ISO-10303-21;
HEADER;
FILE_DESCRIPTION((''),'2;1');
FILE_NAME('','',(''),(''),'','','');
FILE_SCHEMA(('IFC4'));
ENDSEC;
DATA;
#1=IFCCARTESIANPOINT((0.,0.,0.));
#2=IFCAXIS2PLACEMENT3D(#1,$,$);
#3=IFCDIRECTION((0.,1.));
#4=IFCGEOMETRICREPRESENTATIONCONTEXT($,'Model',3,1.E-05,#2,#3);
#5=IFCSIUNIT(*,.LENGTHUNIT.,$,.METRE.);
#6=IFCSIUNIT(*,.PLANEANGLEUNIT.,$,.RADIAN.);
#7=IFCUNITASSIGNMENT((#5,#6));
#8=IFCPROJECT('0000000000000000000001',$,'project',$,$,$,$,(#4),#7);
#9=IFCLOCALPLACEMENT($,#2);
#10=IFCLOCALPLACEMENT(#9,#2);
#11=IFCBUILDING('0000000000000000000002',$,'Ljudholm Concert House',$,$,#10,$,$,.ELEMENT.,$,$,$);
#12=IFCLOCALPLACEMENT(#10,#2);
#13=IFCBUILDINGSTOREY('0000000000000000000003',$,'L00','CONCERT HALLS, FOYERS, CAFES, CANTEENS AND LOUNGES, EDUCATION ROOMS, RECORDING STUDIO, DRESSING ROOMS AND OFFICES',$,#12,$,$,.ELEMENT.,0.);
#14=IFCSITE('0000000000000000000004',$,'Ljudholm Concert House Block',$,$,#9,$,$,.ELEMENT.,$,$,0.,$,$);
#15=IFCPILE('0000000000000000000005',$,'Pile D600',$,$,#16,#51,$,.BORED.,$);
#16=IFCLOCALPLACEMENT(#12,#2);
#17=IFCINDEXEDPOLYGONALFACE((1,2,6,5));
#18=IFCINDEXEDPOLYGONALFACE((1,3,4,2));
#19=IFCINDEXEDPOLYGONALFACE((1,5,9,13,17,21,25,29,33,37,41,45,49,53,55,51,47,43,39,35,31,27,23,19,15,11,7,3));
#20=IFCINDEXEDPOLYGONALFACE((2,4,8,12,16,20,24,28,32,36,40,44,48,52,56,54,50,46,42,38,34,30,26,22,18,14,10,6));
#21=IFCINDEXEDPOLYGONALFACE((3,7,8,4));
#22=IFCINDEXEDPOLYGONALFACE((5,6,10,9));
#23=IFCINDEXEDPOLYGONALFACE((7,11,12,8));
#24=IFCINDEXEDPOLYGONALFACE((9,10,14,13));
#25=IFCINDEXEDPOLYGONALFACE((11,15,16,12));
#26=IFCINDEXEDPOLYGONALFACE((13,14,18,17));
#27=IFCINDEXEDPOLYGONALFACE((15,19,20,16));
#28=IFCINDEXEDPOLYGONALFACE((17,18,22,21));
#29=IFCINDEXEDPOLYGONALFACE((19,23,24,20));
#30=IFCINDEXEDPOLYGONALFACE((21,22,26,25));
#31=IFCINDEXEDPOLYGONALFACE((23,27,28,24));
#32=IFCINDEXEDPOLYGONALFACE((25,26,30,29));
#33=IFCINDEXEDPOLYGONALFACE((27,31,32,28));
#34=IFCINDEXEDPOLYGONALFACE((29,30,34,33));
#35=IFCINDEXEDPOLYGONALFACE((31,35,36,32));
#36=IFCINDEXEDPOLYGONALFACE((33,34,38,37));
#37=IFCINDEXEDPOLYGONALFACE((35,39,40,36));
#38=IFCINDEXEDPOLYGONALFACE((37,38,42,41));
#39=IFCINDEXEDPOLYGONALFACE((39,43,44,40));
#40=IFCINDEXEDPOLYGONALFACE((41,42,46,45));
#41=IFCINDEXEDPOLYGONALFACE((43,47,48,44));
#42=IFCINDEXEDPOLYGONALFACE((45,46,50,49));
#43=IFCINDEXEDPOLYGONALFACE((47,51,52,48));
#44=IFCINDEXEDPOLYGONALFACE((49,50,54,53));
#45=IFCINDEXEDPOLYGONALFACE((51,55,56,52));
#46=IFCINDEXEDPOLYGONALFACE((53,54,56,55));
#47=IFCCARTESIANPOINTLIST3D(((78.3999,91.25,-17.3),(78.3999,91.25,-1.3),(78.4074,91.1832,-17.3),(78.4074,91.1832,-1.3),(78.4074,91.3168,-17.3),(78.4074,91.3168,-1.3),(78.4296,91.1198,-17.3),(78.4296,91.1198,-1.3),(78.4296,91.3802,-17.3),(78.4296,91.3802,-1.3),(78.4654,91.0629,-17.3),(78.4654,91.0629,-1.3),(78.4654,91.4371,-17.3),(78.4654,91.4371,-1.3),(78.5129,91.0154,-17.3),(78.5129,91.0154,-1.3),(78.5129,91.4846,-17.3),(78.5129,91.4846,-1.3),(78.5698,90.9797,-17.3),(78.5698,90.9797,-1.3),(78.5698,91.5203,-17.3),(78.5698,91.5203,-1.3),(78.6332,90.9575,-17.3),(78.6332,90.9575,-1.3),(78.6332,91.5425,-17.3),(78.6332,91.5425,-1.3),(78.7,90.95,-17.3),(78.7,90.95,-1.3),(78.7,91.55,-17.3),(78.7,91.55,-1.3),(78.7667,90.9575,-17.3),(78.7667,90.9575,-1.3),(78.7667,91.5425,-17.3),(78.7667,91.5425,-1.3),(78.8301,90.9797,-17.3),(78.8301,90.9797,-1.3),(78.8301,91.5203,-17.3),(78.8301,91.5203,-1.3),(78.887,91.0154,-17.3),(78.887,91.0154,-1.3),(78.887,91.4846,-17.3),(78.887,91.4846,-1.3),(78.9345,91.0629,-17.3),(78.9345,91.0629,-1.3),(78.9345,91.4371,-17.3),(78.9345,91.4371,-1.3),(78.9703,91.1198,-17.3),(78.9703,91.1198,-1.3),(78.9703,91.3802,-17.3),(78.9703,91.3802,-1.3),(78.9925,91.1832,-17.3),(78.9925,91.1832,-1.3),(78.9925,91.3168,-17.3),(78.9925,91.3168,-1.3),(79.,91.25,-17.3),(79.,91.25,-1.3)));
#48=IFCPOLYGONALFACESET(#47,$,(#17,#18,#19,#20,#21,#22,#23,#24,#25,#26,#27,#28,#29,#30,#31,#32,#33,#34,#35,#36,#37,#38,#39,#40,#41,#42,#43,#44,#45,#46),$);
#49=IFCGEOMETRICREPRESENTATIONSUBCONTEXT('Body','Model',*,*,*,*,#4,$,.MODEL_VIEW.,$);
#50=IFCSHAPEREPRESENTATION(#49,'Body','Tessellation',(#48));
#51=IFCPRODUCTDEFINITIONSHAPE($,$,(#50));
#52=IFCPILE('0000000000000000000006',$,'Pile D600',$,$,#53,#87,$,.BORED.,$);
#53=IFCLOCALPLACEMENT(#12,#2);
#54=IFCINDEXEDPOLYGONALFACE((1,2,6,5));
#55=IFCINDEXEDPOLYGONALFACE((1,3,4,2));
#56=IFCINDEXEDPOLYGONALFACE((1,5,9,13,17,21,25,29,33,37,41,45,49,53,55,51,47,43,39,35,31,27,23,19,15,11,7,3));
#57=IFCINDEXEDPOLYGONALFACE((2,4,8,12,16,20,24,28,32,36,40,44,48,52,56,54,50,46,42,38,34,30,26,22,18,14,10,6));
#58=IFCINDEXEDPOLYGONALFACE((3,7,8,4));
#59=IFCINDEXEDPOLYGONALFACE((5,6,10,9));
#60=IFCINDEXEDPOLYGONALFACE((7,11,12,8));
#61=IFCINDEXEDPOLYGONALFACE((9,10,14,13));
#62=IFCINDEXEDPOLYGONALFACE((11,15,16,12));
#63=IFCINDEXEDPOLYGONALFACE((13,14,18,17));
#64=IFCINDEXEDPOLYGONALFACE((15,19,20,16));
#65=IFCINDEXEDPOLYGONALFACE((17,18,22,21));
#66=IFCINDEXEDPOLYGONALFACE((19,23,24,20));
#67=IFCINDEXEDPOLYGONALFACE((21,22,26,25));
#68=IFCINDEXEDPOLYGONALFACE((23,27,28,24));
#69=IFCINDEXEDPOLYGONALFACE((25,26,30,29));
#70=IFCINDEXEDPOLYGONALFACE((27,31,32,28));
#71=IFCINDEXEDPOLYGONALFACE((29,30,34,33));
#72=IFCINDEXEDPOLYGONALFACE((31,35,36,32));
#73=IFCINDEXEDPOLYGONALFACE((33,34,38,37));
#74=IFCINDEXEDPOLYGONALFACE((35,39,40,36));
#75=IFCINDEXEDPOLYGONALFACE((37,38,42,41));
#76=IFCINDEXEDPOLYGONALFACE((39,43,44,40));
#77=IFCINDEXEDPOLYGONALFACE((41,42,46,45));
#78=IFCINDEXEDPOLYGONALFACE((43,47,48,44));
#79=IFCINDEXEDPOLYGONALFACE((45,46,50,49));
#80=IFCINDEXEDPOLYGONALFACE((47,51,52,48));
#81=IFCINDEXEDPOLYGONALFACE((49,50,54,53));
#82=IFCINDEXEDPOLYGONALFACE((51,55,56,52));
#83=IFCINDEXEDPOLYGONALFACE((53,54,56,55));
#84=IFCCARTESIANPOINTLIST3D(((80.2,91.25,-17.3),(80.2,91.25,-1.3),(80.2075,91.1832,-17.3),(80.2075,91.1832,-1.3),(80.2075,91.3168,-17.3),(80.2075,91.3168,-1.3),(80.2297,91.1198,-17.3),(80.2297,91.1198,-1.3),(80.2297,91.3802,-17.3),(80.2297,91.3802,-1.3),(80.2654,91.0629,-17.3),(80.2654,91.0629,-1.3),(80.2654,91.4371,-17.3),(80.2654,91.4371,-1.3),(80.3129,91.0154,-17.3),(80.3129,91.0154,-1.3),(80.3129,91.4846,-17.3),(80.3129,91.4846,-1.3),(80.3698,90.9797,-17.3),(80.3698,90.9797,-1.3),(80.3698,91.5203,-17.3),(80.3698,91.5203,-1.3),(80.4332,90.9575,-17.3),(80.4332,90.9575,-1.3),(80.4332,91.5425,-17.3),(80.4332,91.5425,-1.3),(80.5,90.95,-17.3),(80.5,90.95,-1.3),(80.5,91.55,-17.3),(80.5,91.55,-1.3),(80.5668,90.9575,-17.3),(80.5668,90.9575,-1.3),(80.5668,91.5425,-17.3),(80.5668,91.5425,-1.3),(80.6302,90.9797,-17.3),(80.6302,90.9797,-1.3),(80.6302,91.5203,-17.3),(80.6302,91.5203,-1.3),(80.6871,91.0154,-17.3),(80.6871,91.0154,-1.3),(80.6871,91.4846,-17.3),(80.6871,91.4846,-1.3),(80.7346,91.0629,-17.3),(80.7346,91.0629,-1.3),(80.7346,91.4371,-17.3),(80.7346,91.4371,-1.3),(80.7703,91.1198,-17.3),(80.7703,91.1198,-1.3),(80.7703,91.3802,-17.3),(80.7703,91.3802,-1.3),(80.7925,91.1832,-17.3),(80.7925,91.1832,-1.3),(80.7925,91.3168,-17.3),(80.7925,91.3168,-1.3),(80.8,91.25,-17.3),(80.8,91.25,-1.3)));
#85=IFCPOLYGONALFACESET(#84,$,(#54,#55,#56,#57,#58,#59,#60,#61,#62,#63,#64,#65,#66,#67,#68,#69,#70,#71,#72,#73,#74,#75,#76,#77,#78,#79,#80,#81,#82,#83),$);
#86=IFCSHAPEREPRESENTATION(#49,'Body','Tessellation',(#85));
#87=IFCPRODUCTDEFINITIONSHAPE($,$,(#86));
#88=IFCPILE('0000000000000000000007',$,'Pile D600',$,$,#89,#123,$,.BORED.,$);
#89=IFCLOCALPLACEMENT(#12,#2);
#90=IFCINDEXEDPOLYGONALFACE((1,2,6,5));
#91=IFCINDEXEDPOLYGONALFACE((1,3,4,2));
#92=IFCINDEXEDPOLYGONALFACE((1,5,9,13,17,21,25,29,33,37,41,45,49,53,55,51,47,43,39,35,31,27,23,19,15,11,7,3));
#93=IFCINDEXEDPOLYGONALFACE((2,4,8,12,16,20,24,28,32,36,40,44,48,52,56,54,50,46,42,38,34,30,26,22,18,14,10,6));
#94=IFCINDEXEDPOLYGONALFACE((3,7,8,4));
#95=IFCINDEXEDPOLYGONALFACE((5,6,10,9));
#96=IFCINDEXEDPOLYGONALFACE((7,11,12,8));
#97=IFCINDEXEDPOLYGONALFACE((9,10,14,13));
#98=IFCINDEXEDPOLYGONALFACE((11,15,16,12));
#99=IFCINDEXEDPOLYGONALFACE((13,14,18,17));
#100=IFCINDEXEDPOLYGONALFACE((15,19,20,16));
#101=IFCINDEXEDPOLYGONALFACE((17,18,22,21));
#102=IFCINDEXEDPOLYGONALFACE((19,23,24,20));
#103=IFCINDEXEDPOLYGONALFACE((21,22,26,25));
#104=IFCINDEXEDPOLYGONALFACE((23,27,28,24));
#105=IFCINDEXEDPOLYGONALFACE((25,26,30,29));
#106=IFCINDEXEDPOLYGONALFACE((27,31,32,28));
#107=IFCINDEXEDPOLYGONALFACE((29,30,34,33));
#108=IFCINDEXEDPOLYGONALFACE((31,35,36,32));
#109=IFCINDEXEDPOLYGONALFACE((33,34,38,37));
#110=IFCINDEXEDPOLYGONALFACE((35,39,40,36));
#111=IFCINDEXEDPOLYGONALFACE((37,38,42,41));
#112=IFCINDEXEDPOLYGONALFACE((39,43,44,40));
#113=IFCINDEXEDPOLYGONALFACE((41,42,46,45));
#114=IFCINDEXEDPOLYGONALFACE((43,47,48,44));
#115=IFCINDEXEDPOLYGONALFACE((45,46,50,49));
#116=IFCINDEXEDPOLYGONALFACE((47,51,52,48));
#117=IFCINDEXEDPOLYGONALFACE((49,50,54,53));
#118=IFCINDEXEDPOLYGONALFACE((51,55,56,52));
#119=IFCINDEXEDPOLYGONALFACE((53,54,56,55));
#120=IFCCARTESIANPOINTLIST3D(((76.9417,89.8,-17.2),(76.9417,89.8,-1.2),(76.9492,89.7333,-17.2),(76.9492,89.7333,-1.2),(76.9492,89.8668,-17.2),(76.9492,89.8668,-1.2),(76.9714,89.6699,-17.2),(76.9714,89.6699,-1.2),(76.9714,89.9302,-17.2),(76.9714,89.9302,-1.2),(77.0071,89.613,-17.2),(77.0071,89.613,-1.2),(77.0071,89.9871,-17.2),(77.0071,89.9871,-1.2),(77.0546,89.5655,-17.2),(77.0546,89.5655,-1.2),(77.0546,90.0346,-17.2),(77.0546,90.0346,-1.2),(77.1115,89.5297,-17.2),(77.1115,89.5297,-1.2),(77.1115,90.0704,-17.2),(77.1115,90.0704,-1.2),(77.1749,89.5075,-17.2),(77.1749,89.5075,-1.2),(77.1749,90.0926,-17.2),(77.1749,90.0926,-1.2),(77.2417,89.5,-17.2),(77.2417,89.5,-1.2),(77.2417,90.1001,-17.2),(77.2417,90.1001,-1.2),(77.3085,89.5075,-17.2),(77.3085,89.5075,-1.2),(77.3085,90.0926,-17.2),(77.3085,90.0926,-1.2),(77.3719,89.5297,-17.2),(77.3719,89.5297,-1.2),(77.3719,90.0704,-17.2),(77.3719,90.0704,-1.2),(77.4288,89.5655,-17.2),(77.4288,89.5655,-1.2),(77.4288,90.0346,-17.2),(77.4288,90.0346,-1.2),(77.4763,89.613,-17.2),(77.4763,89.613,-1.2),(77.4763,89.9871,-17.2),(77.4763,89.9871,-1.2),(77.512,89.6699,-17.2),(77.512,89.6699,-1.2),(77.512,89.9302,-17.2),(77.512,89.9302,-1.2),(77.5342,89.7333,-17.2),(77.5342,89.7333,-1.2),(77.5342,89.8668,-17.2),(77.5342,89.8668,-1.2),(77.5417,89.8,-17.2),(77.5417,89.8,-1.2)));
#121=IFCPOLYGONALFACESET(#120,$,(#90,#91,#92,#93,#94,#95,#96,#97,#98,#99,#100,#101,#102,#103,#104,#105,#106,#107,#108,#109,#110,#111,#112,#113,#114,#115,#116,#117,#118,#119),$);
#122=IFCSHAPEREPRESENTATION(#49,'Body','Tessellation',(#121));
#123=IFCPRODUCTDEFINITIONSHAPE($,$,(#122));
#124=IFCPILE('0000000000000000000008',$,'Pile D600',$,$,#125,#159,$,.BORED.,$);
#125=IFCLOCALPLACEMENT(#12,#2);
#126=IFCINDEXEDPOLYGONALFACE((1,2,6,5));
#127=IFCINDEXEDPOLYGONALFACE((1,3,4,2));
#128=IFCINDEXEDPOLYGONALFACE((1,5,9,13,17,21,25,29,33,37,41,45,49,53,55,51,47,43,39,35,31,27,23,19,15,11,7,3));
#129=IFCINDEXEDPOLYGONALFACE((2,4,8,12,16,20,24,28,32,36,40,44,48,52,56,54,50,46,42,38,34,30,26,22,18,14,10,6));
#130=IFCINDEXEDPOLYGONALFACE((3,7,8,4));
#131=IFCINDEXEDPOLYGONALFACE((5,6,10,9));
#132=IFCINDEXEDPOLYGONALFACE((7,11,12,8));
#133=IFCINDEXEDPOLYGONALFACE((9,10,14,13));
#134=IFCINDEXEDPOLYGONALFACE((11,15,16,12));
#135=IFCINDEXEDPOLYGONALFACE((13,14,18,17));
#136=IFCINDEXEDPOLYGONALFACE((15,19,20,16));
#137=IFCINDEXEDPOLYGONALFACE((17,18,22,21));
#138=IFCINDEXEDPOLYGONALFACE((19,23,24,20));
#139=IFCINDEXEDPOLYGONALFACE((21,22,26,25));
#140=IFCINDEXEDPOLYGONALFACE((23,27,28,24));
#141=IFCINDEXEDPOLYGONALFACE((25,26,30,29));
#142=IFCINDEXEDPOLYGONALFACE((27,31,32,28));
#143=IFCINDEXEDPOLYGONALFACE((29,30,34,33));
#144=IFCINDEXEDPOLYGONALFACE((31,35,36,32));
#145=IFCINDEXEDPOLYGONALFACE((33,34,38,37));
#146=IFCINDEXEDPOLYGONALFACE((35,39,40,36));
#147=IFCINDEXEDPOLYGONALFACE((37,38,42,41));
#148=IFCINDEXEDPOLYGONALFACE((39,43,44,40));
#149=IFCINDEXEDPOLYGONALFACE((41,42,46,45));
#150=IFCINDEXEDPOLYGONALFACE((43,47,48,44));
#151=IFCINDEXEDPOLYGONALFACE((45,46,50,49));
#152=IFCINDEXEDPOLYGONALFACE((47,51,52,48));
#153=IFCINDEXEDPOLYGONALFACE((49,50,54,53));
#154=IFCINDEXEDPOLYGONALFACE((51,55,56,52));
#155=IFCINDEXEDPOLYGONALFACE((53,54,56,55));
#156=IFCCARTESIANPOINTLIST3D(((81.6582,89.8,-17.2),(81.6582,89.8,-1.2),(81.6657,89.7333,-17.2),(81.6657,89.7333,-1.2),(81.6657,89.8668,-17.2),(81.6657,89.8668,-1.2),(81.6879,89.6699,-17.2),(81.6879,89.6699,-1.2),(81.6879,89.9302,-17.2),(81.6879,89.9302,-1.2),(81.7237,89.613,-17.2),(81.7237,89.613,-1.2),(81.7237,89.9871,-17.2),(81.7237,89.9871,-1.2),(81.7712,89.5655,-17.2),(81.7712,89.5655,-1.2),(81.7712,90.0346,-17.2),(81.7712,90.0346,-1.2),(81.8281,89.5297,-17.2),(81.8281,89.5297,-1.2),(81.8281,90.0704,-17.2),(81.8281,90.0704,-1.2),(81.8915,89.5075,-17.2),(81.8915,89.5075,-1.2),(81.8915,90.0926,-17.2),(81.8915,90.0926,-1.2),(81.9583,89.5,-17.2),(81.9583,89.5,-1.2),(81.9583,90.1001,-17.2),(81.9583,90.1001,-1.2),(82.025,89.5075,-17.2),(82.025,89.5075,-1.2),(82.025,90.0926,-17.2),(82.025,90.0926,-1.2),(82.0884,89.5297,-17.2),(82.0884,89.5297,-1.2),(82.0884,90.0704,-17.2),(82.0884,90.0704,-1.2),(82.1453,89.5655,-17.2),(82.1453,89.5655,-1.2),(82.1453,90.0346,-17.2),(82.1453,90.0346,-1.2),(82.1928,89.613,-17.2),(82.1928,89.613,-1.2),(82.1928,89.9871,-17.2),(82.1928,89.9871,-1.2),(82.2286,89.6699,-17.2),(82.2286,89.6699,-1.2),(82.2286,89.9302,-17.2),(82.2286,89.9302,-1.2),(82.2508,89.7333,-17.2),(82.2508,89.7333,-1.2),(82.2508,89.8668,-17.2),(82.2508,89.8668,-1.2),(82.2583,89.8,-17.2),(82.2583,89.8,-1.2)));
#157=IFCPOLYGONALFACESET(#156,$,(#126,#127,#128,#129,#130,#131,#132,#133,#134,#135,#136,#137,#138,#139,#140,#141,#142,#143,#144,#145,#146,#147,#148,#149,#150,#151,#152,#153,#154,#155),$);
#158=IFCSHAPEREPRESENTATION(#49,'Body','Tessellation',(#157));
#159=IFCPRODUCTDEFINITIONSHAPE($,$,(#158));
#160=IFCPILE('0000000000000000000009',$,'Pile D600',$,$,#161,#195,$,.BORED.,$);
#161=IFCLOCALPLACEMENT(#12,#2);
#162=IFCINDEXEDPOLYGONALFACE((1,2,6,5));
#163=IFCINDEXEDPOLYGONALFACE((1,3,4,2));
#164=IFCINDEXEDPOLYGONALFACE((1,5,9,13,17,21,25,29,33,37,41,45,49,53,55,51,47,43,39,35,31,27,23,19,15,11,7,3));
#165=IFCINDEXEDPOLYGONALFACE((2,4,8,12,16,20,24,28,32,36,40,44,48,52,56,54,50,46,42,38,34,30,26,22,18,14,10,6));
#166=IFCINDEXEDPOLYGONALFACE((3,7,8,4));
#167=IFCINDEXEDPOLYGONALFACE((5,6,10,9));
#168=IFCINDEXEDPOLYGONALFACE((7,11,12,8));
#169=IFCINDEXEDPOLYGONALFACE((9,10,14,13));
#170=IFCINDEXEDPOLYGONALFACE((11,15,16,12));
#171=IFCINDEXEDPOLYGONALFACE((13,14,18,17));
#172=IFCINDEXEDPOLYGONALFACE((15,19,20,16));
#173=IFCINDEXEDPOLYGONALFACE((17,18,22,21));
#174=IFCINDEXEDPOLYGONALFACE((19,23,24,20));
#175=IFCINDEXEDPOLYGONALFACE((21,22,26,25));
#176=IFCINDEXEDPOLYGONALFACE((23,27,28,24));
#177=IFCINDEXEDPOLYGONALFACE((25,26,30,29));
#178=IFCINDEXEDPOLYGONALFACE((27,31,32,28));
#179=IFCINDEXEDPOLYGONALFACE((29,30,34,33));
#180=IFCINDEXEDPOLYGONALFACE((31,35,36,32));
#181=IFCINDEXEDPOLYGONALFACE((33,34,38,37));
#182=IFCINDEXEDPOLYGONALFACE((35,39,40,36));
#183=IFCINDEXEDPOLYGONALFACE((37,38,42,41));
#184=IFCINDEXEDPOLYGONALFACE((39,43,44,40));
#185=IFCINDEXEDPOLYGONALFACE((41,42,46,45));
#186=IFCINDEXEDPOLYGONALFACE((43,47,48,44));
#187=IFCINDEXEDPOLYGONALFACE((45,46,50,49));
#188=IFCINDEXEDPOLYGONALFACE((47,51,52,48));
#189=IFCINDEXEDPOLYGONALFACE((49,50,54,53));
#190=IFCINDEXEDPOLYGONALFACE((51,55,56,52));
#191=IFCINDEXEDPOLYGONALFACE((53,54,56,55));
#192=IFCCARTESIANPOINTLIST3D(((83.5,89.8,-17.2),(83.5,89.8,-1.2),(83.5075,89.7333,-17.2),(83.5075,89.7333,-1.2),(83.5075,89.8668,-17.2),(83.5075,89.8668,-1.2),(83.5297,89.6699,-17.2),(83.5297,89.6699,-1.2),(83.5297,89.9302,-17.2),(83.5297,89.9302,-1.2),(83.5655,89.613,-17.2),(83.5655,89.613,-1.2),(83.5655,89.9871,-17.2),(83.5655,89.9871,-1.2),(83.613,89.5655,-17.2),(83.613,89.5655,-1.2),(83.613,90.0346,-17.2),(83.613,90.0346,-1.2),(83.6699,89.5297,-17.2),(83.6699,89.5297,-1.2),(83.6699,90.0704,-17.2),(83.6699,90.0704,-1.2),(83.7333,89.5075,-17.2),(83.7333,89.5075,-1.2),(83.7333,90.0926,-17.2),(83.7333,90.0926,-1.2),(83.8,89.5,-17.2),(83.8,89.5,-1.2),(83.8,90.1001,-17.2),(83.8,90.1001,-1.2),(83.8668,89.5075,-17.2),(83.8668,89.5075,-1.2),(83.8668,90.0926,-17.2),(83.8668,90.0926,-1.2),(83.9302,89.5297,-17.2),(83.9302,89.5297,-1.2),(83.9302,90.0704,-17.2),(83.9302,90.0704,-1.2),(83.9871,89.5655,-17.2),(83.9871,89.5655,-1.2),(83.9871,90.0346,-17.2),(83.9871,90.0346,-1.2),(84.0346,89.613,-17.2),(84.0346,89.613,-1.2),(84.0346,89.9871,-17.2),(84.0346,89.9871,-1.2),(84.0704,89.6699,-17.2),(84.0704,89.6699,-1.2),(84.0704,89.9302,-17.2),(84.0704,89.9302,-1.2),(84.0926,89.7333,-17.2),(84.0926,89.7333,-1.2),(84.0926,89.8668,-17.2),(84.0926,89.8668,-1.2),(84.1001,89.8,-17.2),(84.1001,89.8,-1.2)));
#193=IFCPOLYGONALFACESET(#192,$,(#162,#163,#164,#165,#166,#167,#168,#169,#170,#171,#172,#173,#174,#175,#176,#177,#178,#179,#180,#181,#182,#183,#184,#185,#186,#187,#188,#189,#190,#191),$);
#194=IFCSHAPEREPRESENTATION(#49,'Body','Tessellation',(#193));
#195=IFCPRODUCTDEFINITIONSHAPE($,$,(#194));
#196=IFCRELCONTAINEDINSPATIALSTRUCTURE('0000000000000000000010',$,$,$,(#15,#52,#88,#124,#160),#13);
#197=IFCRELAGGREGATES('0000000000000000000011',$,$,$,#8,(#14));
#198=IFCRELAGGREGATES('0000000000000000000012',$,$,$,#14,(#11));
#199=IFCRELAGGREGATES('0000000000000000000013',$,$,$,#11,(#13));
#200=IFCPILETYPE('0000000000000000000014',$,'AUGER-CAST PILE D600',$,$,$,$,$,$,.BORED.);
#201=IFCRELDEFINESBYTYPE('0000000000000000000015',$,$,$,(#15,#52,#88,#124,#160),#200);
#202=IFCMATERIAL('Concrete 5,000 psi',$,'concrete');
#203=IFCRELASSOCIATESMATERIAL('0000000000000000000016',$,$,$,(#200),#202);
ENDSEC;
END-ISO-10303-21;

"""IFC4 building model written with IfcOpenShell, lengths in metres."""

from ifc_helpers import new_model, si_unit, direction, frame, origin, origin_2d, place, context, subcontext, project, spatial, circle, extrude, material, material_profile, profile_set, type_object, element, save


model = new_model("IFC4")

# Units and contexts
model_context = context("Model", 3, precision=1e-05, world=origin(), true_north=direction((0.0, 1.0)))
body_context = subcontext(model_context, "Body", "Model", "MODEL_VIEW")
ifc_project = project(units=[si_unit("LENGTHUNIT", "METRE"), si_unit("PLANEANGLEUNIT", "RADIAN")], contexts=[model_context])

# Site, building, storey
site_placement = place(None, origin())
site = spatial("IfcSite", under=ifc_project, at=site_placement, Name="Ljudholm Concert House Block", CompositionType="ELEMENT", RefElevation=0.0)
building_placement = place(site_placement, origin())
building = spatial("IfcBuilding", under=site, at=building_placement, Name="Ljudholm Concert House", CompositionType="ELEMENT")
storey_placement = place(building_placement, origin())
storey = spatial("IfcBuildingStorey", under=building, at=storey_placement, Name="L00", Description="CONCERT HALLS, FOYERS, CAFES, CANTEENS AND LOUNGES, EDUCATION ROOMS, RECORDING STUDIO, DRESSING ROOMS AND OFFICES", CompositionType="ELEMENT", Elevation=0.0)

# Piles
ifc_material_1 = material(Name="Concrete 5,000 psi", Category="concrete")
ifc_material_profile_1 = material_profile(ifc_material_1, circle(Radius=0.3, at=origin_2d()), Name="AUGER-CAST PILE D600")
ifc_profile_set_1 = profile_set([ifc_material_profile_1], Name="Concrete 5,000 psi")
pile_type_1 = type_object("IfcPileType", Name="AUGER-CAST PILE D600", PredefinedType="BORED", material=ifc_profile_set_1)
for number, where, z_axis, x_axis, name in (
    (1, (78.7, 91.25, -1.3), (0.0, 0.0, -1.0), (1.0, 0.0, 0.0), "Pile D600"),
    (2, (80.5, 91.25, -1.3), (0.0, 0.0, -1.0), (1.0, 0.0, 0.0), "Pile D600"),
    (3, (77.2417, 89.8, -1.2), (0.0, 0.0, -1.0), (1.0, 0.0, 0.0), "Pile D600"),
    (4, (81.9583, 89.8, -1.2), (0.0, 0.0, -1.0), (1.0, 0.0, 0.0), "Pile D600"),
    (5, (83.8, 89.8, -1.2), (0.0, 0.0, -1.0), (1.0, 0.0, 0.0), "Pile D600"),
):
    element("IfcPile", number, at=place(storey_placement, frame(where, z_axis=z_axis, x_axis=x_axis)), inside=storey, type_object=pile_type_1, Name=name, PredefinedType="BORED", context=body_context, shape_type="SweptSolid", body=[
        extrude(circle(Radius=0.3, at=origin_2d()), origin(), (0.0, 0.0, 1.0), 16.0),
    ])

save(model, "model.ifc")
